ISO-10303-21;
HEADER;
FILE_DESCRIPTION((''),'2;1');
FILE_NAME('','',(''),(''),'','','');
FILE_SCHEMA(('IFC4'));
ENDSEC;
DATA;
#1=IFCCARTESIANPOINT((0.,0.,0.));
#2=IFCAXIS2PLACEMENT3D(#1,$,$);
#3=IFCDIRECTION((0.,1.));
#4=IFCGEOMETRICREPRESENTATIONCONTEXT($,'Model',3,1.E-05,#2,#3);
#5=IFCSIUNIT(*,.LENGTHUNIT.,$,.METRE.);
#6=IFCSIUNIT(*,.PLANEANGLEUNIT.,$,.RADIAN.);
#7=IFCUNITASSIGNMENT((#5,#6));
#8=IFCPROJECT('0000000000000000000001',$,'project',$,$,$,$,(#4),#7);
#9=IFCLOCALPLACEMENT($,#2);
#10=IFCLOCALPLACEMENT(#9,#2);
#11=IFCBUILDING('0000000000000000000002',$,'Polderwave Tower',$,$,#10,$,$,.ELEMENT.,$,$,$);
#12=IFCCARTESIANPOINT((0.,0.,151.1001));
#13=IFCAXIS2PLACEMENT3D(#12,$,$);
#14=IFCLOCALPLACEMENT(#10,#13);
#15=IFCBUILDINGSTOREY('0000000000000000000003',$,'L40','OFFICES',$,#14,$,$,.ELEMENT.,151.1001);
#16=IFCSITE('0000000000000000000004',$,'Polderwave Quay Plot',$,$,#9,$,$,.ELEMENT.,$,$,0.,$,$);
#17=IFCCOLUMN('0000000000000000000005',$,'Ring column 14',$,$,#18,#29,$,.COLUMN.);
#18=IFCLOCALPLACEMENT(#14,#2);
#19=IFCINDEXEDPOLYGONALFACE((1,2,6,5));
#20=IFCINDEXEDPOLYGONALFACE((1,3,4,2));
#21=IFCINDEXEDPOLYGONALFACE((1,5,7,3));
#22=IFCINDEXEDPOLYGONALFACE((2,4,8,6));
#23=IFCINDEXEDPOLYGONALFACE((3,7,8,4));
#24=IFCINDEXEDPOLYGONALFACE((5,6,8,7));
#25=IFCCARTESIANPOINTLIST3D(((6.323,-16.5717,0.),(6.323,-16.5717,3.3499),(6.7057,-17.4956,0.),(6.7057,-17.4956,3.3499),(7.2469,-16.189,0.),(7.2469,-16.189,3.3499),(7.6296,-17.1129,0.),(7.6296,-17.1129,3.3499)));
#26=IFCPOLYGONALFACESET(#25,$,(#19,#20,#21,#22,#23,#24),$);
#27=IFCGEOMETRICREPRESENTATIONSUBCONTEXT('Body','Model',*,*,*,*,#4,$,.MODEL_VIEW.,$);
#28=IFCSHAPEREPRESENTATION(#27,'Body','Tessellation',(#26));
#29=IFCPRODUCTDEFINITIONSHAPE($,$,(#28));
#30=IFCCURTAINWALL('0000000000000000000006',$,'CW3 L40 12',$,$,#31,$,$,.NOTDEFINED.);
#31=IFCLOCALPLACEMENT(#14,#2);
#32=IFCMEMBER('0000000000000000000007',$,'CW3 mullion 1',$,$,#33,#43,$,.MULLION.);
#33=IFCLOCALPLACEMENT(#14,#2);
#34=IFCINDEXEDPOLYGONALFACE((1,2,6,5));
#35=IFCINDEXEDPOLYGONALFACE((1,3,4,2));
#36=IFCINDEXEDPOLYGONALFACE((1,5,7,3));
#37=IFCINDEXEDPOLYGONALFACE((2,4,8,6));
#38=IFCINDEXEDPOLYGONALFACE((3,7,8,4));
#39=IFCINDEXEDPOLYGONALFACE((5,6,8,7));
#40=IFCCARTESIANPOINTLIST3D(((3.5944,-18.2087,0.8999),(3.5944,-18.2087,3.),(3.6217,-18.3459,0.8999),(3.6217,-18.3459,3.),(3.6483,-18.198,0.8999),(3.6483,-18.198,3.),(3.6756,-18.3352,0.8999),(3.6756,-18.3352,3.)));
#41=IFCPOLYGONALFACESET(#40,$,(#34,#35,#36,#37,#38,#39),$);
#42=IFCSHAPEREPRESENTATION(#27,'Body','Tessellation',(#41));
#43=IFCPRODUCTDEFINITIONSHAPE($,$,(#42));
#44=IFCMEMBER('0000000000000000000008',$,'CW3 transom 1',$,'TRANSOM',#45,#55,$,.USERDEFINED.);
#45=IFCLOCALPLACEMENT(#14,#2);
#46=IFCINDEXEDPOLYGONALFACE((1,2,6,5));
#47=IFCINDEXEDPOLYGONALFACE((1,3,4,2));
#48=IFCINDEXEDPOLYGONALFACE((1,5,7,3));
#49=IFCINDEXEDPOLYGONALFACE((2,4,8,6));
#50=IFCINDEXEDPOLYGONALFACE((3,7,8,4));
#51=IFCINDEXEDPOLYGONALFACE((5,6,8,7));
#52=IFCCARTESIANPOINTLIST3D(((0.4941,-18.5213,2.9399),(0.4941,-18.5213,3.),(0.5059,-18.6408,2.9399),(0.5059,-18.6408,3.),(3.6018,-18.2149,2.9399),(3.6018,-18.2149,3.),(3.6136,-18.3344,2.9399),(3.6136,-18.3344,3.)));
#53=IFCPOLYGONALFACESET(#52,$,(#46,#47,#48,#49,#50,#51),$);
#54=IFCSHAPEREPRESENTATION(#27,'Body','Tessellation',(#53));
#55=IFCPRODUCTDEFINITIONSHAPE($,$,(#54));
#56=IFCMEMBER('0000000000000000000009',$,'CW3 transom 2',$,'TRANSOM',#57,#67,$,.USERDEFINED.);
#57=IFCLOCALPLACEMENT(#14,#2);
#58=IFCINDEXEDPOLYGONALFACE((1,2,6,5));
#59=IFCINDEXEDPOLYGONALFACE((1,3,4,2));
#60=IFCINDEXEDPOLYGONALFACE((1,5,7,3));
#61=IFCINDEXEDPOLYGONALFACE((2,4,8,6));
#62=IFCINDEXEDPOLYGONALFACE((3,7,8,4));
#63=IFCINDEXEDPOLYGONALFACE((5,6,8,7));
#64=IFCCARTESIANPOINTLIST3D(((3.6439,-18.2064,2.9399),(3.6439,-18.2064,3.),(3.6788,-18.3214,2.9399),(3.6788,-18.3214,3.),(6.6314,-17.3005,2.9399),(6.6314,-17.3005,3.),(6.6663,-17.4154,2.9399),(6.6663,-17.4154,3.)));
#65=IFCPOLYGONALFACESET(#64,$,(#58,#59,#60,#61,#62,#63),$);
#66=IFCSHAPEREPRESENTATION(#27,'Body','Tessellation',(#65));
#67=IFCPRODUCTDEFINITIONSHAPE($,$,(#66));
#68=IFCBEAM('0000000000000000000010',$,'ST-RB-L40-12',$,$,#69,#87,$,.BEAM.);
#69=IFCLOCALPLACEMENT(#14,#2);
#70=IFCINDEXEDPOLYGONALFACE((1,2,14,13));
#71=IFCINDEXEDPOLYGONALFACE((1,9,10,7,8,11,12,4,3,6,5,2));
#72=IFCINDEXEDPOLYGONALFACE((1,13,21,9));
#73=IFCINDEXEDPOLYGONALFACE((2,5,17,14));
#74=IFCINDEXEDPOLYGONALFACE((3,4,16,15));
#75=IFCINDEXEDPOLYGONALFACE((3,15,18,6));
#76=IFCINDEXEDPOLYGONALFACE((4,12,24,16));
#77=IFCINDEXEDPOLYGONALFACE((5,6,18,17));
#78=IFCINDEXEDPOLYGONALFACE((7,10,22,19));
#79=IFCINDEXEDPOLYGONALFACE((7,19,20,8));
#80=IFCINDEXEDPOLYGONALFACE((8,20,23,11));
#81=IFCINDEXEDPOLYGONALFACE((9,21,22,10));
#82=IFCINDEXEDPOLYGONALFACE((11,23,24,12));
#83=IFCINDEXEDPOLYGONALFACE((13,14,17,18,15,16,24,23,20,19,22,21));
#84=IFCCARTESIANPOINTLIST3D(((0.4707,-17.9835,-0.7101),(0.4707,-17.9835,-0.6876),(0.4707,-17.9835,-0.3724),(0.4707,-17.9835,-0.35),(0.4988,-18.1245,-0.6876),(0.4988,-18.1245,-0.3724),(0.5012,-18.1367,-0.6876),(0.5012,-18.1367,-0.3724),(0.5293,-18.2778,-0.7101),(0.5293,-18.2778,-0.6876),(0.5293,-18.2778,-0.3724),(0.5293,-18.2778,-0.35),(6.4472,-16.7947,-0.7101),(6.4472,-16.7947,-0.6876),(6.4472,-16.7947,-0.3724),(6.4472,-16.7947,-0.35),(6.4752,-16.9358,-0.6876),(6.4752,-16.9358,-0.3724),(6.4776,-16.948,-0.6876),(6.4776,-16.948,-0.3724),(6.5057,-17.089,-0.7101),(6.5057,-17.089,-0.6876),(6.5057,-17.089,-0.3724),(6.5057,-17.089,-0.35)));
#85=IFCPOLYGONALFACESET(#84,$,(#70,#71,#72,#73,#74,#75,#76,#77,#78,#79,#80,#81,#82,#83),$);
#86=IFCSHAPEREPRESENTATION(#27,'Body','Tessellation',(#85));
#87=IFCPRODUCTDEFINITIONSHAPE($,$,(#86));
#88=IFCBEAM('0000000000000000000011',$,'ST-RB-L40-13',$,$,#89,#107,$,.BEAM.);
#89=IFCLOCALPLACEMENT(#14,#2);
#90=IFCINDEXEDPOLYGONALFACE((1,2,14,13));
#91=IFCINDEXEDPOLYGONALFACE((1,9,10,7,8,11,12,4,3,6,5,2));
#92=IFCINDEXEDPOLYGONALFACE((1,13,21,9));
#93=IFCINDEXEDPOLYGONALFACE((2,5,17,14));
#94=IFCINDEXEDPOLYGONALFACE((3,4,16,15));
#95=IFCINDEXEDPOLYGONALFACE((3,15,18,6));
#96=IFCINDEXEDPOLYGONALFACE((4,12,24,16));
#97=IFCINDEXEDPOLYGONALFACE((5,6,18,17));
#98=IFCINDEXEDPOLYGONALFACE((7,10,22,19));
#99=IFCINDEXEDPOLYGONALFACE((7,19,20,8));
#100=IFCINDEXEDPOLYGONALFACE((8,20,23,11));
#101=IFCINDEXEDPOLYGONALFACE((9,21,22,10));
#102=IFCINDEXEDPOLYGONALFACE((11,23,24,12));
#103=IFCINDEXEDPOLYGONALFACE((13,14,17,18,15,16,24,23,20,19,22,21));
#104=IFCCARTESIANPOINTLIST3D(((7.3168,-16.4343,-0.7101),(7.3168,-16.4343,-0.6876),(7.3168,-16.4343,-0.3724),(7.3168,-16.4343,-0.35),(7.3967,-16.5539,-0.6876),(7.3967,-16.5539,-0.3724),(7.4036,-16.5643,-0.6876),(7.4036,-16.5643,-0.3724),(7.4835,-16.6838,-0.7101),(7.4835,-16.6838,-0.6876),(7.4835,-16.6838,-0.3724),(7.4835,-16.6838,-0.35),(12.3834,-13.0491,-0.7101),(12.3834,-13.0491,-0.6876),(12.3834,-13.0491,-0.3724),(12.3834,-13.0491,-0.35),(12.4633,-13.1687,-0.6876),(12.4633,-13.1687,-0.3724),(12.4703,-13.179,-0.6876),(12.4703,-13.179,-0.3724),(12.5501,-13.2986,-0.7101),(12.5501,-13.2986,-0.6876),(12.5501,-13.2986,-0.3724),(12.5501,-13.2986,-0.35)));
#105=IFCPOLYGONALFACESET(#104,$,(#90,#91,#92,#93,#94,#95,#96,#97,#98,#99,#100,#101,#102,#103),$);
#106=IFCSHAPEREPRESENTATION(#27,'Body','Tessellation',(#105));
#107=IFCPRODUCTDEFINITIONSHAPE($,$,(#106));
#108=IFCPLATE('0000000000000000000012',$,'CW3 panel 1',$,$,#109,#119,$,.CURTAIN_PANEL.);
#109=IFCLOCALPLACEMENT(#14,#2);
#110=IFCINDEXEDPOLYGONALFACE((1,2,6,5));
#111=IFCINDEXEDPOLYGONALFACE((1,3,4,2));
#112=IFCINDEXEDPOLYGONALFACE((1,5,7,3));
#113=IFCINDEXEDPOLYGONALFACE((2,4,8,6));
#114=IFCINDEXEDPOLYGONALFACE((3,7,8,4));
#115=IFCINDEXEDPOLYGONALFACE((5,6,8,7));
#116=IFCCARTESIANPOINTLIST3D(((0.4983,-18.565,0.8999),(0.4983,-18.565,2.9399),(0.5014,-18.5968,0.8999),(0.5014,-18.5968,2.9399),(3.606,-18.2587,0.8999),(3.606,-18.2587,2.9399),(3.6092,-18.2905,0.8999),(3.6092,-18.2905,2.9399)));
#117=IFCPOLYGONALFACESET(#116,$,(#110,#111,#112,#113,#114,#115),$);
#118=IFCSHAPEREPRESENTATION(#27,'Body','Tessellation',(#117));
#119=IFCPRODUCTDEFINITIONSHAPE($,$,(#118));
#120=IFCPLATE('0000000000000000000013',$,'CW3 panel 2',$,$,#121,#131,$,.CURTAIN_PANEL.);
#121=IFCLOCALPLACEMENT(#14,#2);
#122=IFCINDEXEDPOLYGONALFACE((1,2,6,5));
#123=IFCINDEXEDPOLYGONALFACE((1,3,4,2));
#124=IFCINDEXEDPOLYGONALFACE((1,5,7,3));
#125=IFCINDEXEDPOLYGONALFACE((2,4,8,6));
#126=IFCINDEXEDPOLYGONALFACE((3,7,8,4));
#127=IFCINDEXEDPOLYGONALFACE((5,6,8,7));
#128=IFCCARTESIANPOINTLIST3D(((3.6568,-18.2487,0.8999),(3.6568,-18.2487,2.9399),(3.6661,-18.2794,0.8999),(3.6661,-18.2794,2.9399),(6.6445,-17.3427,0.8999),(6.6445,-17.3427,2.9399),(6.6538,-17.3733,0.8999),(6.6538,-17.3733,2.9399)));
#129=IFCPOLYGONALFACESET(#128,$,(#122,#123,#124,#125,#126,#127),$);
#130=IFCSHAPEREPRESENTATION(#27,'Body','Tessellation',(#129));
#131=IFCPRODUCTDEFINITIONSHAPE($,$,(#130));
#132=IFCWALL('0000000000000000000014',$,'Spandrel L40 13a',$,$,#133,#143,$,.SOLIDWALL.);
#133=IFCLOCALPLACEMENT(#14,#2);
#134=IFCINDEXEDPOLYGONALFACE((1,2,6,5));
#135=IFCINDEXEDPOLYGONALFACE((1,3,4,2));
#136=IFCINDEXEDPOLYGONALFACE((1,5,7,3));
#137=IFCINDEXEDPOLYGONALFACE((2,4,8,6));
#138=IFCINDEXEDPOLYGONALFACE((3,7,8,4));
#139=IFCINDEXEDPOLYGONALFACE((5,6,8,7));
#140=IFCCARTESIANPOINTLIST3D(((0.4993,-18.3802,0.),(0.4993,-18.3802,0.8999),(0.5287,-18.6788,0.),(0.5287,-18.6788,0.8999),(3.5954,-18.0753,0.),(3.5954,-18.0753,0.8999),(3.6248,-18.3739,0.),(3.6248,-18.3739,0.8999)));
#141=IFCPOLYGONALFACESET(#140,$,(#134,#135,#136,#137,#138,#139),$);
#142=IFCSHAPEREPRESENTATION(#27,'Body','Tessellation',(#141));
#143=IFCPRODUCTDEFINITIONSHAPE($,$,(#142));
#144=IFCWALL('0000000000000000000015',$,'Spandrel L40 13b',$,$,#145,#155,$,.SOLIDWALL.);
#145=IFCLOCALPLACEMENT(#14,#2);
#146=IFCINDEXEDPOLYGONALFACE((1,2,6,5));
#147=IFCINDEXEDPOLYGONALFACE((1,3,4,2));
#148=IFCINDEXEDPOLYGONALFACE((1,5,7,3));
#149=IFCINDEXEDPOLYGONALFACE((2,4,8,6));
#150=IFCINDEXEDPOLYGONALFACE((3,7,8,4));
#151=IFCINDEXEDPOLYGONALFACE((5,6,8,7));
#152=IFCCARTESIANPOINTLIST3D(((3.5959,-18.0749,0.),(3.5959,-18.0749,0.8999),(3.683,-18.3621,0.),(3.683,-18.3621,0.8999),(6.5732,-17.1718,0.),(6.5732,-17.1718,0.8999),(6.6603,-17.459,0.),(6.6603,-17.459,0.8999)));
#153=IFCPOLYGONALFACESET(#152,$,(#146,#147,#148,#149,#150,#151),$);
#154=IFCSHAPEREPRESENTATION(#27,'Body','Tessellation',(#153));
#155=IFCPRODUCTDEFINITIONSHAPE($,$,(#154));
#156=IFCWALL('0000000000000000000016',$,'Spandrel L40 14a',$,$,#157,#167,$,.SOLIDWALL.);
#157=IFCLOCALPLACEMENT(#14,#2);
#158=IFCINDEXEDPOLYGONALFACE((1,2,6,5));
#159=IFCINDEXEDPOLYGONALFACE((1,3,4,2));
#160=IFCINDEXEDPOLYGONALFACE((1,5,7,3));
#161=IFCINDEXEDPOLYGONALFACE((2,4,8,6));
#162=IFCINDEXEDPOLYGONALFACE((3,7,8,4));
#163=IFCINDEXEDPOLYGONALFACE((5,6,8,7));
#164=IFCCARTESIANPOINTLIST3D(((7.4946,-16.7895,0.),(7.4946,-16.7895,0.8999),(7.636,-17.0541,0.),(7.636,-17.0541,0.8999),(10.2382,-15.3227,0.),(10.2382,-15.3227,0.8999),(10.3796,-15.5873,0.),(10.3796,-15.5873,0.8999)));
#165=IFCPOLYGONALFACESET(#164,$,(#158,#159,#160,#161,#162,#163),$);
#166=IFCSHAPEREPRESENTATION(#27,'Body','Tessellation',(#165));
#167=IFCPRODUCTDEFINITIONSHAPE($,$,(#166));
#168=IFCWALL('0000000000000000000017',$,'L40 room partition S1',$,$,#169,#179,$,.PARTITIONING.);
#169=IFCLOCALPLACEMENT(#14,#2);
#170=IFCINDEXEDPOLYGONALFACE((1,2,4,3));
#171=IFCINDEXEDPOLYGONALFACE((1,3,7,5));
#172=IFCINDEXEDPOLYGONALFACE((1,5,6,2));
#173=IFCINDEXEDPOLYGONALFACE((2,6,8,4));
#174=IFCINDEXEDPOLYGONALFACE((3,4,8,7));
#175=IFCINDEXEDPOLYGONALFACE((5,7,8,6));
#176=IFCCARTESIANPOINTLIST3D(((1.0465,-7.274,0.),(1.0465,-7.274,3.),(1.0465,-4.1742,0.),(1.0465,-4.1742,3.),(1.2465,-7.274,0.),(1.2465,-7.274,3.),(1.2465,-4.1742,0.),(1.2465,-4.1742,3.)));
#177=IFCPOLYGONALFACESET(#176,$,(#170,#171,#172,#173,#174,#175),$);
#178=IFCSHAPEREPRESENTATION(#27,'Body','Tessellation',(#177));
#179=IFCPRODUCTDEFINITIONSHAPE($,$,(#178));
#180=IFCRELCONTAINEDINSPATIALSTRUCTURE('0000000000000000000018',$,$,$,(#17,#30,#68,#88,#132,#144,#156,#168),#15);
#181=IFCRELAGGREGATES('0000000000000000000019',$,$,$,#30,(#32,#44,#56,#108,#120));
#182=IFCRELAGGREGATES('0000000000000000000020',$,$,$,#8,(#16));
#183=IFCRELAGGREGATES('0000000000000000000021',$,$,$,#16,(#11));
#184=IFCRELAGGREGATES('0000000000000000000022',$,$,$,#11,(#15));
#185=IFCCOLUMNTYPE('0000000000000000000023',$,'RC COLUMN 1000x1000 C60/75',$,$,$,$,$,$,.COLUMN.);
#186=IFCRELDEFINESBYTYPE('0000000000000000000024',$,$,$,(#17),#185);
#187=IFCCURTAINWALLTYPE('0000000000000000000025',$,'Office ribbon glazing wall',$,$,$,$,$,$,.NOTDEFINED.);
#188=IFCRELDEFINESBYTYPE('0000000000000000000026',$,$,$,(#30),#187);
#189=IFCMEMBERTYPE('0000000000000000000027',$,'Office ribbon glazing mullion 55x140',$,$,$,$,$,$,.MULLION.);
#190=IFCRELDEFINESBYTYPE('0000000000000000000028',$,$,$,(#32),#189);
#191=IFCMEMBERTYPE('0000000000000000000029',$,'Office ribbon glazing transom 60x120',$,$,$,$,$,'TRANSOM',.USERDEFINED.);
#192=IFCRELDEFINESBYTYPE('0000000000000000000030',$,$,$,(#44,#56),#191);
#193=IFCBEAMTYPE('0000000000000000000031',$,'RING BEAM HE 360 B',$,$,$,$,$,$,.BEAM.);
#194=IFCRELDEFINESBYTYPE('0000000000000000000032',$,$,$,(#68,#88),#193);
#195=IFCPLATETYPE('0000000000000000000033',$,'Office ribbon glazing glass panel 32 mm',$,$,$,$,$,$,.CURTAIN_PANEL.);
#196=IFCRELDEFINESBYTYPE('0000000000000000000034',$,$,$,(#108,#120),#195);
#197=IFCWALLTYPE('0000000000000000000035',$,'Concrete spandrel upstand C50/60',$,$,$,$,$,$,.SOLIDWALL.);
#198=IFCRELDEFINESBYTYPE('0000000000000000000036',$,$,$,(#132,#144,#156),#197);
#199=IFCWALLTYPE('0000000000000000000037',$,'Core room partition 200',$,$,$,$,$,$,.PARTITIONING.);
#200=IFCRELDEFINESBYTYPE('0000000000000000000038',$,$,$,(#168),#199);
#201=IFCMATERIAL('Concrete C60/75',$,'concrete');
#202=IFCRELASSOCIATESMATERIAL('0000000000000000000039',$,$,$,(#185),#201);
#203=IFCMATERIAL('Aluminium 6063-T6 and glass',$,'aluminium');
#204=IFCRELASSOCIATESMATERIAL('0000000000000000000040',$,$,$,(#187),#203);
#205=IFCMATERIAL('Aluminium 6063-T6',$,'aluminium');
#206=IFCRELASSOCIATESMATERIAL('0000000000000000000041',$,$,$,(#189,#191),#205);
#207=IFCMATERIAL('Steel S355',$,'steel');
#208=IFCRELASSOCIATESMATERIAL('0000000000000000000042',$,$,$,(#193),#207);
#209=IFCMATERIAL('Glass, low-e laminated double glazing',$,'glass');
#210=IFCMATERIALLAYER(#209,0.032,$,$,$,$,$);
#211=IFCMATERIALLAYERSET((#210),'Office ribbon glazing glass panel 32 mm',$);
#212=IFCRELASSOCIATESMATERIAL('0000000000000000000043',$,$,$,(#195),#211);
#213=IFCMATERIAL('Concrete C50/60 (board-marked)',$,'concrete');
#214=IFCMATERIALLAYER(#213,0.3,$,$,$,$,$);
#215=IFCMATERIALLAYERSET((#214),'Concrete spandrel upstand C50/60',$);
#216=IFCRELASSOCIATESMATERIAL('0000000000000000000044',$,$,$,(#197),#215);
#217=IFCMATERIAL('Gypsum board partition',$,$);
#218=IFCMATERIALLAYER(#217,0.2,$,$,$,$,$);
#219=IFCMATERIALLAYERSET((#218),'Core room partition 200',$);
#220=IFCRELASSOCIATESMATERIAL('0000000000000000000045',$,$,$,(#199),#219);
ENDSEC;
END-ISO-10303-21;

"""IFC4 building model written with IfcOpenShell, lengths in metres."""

from ifc_helpers import new_model, si_unit, direction, frame, frame_2d, origin, origin_2d, place, context, subcontext, project, spatial, rectangle, i_section, extrude, material, layer, layer_set, material_profile, profile_set, type_object, element, aggregate, save


model = new_model("IFC4")

# Units and contexts
model_context = context("Model", 3, precision=1e-05, world=origin(), true_north=direction((0.0, 1.0)))
body_context = subcontext(model_context, "Body", "Model", "MODEL_VIEW")
ifc_project = project(units=[si_unit("LENGTHUNIT", "METRE"), si_unit("PLANEANGLEUNIT", "RADIAN")], contexts=[model_context])

# Site, building, storey
site_placement = place(None, origin())
site = spatial("IfcSite", under=ifc_project, at=site_placement, Name="Polderwave Quay Plot", CompositionType="ELEMENT", RefElevation=0.0)
building_placement = place(site_placement, origin())
building = spatial("IfcBuilding", under=site, at=building_placement, Name="Polderwave Tower", CompositionType="ELEMENT")
storey_placement = place(building_placement, frame((0.0, 0.0, 151.1001)))
storey = spatial("IfcBuildingStorey", under=building, at=storey_placement, Name="L40", Description="OFFICES", CompositionType="ELEMENT", Elevation=151.1001)

# Column
ifc_material_1 = material(Name="Concrete C60/75", Category="concrete")
ifc_material_profile_1 = material_profile(ifc_material_1, rectangle(XDim=1.0, YDim=1.0, at=origin_2d()), Name="RC 1000x1000")
ifc_profile_set_1 = profile_set([ifc_material_profile_1], Name="Concrete C60/75")
column_type = type_object("IfcColumnType", Name="RC COLUMN 1000x1000 C60/75", PredefinedType="COLUMN", material=ifc_profile_set_1)
column_placement = place(storey_placement, frame((6.9763, -16.8423, 0.0), z_axis=(0.0, 0.0, 1.0), x_axis=(0.382683, -0.92388, 0.0)))
element("IfcColumn", 1, at=column_placement, inside=storey, type_object=column_type, Name="Ring column 14", PredefinedType="COLUMN", context=body_context, shape_type="SweptSolid", body=[
    extrude(rectangle(XDim=1.0, YDim=1.0, at=origin_2d()), origin(), (0.0, 0.0, 1.0), 3.3499),
])

# Curtain wall, members
ifc_material_2 = material(Name="Aluminium 6063-T6 and glass", Category="aluminium")
curtain_wall_type = type_object("IfcCurtainWallType", Name="Office ribbon glazing wall", PredefinedType="NOTDEFINED", material=ifc_material_2)
curtain_wall_placement = place(storey_placement, origin())
curtain_wall = element("IfcCurtainWall", 2, at=curtain_wall_placement, inside=storey, type_object=curtain_wall_type, Name="CW3 L40 12", PredefinedType="NOTDEFINED")
ifc_material_3 = material(Name="Aluminium 6063-T6", Category="aluminium")
ifc_material_profile_2 = material_profile(ifc_material_3, rectangle(XDim=0.1399, YDim=0.0549, at=origin_2d()), Name="AL 55x140")
ifc_profile_set_2 = profile_set([ifc_material_profile_2], Name="Aluminium 6063-T6")
member_type_1 = type_object("IfcMemberType", Name="Office ribbon glazing mullion 55x140", PredefinedType="MULLION", material=ifc_profile_set_2)
member_1_placement = place(storey_placement, frame((3.635, -18.272, 0.8999), z_axis=(0.0, 0.0, 1.0), x_axis=(-0.195083, 0.980787, 0.0)))
member_1 = element("IfcMember", 3, at=member_1_placement, type_object=member_type_1, Name="CW3 mullion 1", PredefinedType="MULLION", context=body_context, shape_type="SweptSolid", body=[
    extrude(rectangle(XDim=0.1399, YDim=0.0549, at=origin_2d()), origin(), (0.0, 0.0, 1.0), 2.1001),
])
ifc_material_profile_3 = material_profile(ifc_material_3, rectangle(XDim=0.1201, YDim=0.0601, at=origin_2d()), Name="AL 60x120")
ifc_profile_set_3 = profile_set([ifc_material_profile_3], Name="Aluminium 6063-T6")
member_type_2 = type_object("IfcMemberType", Name="Office ribbon glazing transom 60x120", ElementType="TRANSOM", PredefinedType="USERDEFINED", material=ifc_profile_set_3)
member_2_placement = place(storey_placement, frame((0.5, -18.5811, 2.97), z_axis=(0.995175, 0.098118, 0.0), x_axis=(-0.098118, 0.995175, 0.0)))
member_2 = element("IfcMember", 4, at=member_2_placement, type_object=member_type_2, Name="CW3 transom 1", ObjectType="TRANSOM", PredefinedType="USERDEFINED", context=body_context, shape_type="SweptSolid", body=[
    extrude(rectangle(XDim=0.1201, YDim=0.0601, at=origin_2d()), origin(), (0.0, 0.0, 1.0), 3.1228),
])
member_3_placement = place(storey_placement, frame((3.6614, -18.2639, 2.97), z_axis=(0.956963, 0.290209, 0.0), x_axis=(-0.290209, 0.956963, 0.0)))
member_3 = element("IfcMember", 5, at=member_3_placement, type_object=member_type_2, Name="CW3 transom 2", ObjectType="TRANSOM", PredefinedType="USERDEFINED", context=body_context, shape_type="SweptSolid", body=[
    extrude(rectangle(XDim=0.1201, YDim=0.0601, at=origin_2d()), origin(), (0.0, 0.0, 1.0), 3.1218),
])

# Beams
ifc_material_4 = material(Name="Steel S355", Category="steel")
ifc_material_profile_4 = material_profile(ifc_material_4, i_section(OverallWidth=0.3, OverallDepth=0.3601, WebThickness=0.0125, FlangeThickness=0.0225, at=origin_2d()), Name="HE 360 B")
ifc_profile_set_4 = profile_set([ifc_material_profile_4], Name="Steel S355")
beam_type = type_object("IfcBeamType", Name="RING BEAM HE 360 B", PredefinedType="BEAM", material=ifc_profile_set_4)
for number, where, z_axis, x_axis, name in (
    (6, (0.5, -18.1306, -0.53), (0.980787, 0.195084, 0.0), (-0.195084, 0.980787, 0.0), "ST-RB-L40-12"),
    (7, (7.4001, -16.5591, -0.53), (0.831483, 0.555551, 0.0), (-0.555551, 0.831483, 0.0), "ST-RB-L40-13"),
):
    element("IfcBeam", number, at=place(storey_placement, frame(where, z_axis=z_axis, x_axis=x_axis)), inside=storey, type_object=beam_type, Name=name, PredefinedType="BEAM", context=body_context, shape_type="SweptSolid", body=[
        extrude(i_section(OverallWidth=0.3, OverallDepth=0.3601, WebThickness=0.0125, FlangeThickness=0.0225, at=origin_2d()), origin(), (0.0, 0.0, 1.0), 6.0935),
    ])

# Plates
ifc_material_5 = material(Name="Glass, low-e laminated double glazing", Category="glass")
ifc_layer_1 = layer(ifc_material_5, 0.032)
ifc_layer_set_1 = layer_set([ifc_layer_1], Name="Office ribbon glazing glass panel 32 mm")
plate_type = type_object("IfcPlateType", Name="Office ribbon glazing glass panel 32 mm", PredefinedType="CURTAIN_PANEL", material=ifc_layer_set_1)
plate_1_placement = place(storey_placement, frame((2.0537, -18.4277, 0.8999), z_axis=(0.0, 0.0, 1.0), x_axis=(0.995178, 0.09809, 0.0)))
plate_1 = element("IfcPlate", 8, at=plate_1_placement, type_object=plate_type, Name="CW3 panel 1", PredefinedType="CURTAIN_PANEL", context=body_context, shape_type="SweptSolid", body=[
    extrude(rectangle(XDim=3.1228, YDim=0.032, at=origin_2d()), origin(), (0.0, 0.0, 1.0), 2.04),
])
plate_2_placement = place(storey_placement, frame((5.1553, -17.811, 0.8999), z_axis=(0.0, 0.0, 1.0), x_axis=(0.956966, 0.290201, 0.0)))
plate_2 = element("IfcPlate", 9, at=plate_2_placement, type_object=plate_type, Name="CW3 panel 2", PredefinedType="CURTAIN_PANEL", context=body_context, shape_type="SweptSolid", body=[
    extrude(rectangle(XDim=3.1221, YDim=0.032, at=origin_2d()), origin(), (0.0, 0.0, 1.0), 2.04),
])
aggregate(curtain_wall, [member_1, member_2, member_3, plate_1, plate_2])

# Walls
ifc_material_6 = material(Name="Concrete C50/60 (board-marked)", Category="concrete")
ifc_layer_2 = layer(ifc_material_6, 0.3)
ifc_layer_set_2 = layer_set([ifc_layer_2], Name="Concrete spandrel upstand C50/60")
wall_type_1 = type_object("IfcWallType", Name="Concrete spandrel upstand C50/60", PredefinedType="SOLIDWALL", material=ifc_layer_set_2)
wall_1_placement = place(storey_placement, frame((0.5139, -18.5295, 0.0), z_axis=(0.0, 0.0, 1.0), x_axis=(0.995185, 0.098012, 0.0)))
element("IfcWall", 10, at=wall_1_placement, inside=storey, type_object=wall_type_1, Name="Spandrel L40 13a", PredefinedType="SOLIDWALL", context=body_context, shape_type="SweptSolid", body=[
    extrude(rectangle(XDim=3.1111, YDim=0.3, at=frame_2d((1.5557, 0.0))), origin(), (0.0, 0.0, 1.0), 0.8999),
])
wall_2_placement = place(storey_placement, frame((3.6394, -18.2185, 0.0), z_axis=(0.0, 0.0, 1.0), x_axis=(0.956947, 0.290262, 0.0)))
element("IfcWall", 11, at=wall_2_placement, inside=storey, type_object=wall_type_1, Name="Spandrel L40 13b", PredefinedType="SOLIDWALL", context=body_context, shape_type="SweptSolid", body=[
    extrude(rectangle(XDim=3.1113, YDim=0.3, at=frame_2d((1.5557, 0.0))), origin(), (0.0, 0.0, 1.0), 0.8999),
])
wall_3_placement = place(storey_placement, frame((7.5652, -16.9219, 0.0), z_axis=(0.0, 0.0, 1.0), x_axis=(0.881883, 0.471468, 0.0)))
element("IfcWall", 12, at=wall_3_placement, inside=storey, type_object=wall_type_1, Name="Spandrel L40 14a", PredefinedType="SOLIDWALL", context=body_context, shape_type="SweptSolid", body=[
    extrude(rectangle(XDim=3.1111, YDim=0.3, at=frame_2d((1.5557, 0.0))), origin(), (0.0, 0.0, 1.0), 0.8999),
])
ifc_material_7 = material(Name="Gypsum board partition")
ifc_layer_3 = layer(ifc_material_7, 0.2)
ifc_layer_set_3 = layer_set([ifc_layer_3], Name="Core room partition 200")
wall_type_2 = type_object("IfcWallType", Name="Core room partition 200", PredefinedType="PARTITIONING", material=ifc_layer_set_3)
wall_4_placement = place(storey_placement, frame((1.1465, -7.2739, 0.0), z_axis=(0.0, 0.0, 1.0), x_axis=(0.0, 1.0, 0.0)))
element("IfcWall", 13, at=wall_4_placement, inside=storey, type_object=wall_type_2, Name="L40 room partition S1", PredefinedType="PARTITIONING", context=body_context, shape_type="SweptSolid", body=[
    extrude(rectangle(XDim=3.0999, YDim=0.2, at=frame_2d((1.5498, 0.0))), origin(), (0.0, 0.0, 1.0), 3.0),
])

save(model, "model.ifc")
